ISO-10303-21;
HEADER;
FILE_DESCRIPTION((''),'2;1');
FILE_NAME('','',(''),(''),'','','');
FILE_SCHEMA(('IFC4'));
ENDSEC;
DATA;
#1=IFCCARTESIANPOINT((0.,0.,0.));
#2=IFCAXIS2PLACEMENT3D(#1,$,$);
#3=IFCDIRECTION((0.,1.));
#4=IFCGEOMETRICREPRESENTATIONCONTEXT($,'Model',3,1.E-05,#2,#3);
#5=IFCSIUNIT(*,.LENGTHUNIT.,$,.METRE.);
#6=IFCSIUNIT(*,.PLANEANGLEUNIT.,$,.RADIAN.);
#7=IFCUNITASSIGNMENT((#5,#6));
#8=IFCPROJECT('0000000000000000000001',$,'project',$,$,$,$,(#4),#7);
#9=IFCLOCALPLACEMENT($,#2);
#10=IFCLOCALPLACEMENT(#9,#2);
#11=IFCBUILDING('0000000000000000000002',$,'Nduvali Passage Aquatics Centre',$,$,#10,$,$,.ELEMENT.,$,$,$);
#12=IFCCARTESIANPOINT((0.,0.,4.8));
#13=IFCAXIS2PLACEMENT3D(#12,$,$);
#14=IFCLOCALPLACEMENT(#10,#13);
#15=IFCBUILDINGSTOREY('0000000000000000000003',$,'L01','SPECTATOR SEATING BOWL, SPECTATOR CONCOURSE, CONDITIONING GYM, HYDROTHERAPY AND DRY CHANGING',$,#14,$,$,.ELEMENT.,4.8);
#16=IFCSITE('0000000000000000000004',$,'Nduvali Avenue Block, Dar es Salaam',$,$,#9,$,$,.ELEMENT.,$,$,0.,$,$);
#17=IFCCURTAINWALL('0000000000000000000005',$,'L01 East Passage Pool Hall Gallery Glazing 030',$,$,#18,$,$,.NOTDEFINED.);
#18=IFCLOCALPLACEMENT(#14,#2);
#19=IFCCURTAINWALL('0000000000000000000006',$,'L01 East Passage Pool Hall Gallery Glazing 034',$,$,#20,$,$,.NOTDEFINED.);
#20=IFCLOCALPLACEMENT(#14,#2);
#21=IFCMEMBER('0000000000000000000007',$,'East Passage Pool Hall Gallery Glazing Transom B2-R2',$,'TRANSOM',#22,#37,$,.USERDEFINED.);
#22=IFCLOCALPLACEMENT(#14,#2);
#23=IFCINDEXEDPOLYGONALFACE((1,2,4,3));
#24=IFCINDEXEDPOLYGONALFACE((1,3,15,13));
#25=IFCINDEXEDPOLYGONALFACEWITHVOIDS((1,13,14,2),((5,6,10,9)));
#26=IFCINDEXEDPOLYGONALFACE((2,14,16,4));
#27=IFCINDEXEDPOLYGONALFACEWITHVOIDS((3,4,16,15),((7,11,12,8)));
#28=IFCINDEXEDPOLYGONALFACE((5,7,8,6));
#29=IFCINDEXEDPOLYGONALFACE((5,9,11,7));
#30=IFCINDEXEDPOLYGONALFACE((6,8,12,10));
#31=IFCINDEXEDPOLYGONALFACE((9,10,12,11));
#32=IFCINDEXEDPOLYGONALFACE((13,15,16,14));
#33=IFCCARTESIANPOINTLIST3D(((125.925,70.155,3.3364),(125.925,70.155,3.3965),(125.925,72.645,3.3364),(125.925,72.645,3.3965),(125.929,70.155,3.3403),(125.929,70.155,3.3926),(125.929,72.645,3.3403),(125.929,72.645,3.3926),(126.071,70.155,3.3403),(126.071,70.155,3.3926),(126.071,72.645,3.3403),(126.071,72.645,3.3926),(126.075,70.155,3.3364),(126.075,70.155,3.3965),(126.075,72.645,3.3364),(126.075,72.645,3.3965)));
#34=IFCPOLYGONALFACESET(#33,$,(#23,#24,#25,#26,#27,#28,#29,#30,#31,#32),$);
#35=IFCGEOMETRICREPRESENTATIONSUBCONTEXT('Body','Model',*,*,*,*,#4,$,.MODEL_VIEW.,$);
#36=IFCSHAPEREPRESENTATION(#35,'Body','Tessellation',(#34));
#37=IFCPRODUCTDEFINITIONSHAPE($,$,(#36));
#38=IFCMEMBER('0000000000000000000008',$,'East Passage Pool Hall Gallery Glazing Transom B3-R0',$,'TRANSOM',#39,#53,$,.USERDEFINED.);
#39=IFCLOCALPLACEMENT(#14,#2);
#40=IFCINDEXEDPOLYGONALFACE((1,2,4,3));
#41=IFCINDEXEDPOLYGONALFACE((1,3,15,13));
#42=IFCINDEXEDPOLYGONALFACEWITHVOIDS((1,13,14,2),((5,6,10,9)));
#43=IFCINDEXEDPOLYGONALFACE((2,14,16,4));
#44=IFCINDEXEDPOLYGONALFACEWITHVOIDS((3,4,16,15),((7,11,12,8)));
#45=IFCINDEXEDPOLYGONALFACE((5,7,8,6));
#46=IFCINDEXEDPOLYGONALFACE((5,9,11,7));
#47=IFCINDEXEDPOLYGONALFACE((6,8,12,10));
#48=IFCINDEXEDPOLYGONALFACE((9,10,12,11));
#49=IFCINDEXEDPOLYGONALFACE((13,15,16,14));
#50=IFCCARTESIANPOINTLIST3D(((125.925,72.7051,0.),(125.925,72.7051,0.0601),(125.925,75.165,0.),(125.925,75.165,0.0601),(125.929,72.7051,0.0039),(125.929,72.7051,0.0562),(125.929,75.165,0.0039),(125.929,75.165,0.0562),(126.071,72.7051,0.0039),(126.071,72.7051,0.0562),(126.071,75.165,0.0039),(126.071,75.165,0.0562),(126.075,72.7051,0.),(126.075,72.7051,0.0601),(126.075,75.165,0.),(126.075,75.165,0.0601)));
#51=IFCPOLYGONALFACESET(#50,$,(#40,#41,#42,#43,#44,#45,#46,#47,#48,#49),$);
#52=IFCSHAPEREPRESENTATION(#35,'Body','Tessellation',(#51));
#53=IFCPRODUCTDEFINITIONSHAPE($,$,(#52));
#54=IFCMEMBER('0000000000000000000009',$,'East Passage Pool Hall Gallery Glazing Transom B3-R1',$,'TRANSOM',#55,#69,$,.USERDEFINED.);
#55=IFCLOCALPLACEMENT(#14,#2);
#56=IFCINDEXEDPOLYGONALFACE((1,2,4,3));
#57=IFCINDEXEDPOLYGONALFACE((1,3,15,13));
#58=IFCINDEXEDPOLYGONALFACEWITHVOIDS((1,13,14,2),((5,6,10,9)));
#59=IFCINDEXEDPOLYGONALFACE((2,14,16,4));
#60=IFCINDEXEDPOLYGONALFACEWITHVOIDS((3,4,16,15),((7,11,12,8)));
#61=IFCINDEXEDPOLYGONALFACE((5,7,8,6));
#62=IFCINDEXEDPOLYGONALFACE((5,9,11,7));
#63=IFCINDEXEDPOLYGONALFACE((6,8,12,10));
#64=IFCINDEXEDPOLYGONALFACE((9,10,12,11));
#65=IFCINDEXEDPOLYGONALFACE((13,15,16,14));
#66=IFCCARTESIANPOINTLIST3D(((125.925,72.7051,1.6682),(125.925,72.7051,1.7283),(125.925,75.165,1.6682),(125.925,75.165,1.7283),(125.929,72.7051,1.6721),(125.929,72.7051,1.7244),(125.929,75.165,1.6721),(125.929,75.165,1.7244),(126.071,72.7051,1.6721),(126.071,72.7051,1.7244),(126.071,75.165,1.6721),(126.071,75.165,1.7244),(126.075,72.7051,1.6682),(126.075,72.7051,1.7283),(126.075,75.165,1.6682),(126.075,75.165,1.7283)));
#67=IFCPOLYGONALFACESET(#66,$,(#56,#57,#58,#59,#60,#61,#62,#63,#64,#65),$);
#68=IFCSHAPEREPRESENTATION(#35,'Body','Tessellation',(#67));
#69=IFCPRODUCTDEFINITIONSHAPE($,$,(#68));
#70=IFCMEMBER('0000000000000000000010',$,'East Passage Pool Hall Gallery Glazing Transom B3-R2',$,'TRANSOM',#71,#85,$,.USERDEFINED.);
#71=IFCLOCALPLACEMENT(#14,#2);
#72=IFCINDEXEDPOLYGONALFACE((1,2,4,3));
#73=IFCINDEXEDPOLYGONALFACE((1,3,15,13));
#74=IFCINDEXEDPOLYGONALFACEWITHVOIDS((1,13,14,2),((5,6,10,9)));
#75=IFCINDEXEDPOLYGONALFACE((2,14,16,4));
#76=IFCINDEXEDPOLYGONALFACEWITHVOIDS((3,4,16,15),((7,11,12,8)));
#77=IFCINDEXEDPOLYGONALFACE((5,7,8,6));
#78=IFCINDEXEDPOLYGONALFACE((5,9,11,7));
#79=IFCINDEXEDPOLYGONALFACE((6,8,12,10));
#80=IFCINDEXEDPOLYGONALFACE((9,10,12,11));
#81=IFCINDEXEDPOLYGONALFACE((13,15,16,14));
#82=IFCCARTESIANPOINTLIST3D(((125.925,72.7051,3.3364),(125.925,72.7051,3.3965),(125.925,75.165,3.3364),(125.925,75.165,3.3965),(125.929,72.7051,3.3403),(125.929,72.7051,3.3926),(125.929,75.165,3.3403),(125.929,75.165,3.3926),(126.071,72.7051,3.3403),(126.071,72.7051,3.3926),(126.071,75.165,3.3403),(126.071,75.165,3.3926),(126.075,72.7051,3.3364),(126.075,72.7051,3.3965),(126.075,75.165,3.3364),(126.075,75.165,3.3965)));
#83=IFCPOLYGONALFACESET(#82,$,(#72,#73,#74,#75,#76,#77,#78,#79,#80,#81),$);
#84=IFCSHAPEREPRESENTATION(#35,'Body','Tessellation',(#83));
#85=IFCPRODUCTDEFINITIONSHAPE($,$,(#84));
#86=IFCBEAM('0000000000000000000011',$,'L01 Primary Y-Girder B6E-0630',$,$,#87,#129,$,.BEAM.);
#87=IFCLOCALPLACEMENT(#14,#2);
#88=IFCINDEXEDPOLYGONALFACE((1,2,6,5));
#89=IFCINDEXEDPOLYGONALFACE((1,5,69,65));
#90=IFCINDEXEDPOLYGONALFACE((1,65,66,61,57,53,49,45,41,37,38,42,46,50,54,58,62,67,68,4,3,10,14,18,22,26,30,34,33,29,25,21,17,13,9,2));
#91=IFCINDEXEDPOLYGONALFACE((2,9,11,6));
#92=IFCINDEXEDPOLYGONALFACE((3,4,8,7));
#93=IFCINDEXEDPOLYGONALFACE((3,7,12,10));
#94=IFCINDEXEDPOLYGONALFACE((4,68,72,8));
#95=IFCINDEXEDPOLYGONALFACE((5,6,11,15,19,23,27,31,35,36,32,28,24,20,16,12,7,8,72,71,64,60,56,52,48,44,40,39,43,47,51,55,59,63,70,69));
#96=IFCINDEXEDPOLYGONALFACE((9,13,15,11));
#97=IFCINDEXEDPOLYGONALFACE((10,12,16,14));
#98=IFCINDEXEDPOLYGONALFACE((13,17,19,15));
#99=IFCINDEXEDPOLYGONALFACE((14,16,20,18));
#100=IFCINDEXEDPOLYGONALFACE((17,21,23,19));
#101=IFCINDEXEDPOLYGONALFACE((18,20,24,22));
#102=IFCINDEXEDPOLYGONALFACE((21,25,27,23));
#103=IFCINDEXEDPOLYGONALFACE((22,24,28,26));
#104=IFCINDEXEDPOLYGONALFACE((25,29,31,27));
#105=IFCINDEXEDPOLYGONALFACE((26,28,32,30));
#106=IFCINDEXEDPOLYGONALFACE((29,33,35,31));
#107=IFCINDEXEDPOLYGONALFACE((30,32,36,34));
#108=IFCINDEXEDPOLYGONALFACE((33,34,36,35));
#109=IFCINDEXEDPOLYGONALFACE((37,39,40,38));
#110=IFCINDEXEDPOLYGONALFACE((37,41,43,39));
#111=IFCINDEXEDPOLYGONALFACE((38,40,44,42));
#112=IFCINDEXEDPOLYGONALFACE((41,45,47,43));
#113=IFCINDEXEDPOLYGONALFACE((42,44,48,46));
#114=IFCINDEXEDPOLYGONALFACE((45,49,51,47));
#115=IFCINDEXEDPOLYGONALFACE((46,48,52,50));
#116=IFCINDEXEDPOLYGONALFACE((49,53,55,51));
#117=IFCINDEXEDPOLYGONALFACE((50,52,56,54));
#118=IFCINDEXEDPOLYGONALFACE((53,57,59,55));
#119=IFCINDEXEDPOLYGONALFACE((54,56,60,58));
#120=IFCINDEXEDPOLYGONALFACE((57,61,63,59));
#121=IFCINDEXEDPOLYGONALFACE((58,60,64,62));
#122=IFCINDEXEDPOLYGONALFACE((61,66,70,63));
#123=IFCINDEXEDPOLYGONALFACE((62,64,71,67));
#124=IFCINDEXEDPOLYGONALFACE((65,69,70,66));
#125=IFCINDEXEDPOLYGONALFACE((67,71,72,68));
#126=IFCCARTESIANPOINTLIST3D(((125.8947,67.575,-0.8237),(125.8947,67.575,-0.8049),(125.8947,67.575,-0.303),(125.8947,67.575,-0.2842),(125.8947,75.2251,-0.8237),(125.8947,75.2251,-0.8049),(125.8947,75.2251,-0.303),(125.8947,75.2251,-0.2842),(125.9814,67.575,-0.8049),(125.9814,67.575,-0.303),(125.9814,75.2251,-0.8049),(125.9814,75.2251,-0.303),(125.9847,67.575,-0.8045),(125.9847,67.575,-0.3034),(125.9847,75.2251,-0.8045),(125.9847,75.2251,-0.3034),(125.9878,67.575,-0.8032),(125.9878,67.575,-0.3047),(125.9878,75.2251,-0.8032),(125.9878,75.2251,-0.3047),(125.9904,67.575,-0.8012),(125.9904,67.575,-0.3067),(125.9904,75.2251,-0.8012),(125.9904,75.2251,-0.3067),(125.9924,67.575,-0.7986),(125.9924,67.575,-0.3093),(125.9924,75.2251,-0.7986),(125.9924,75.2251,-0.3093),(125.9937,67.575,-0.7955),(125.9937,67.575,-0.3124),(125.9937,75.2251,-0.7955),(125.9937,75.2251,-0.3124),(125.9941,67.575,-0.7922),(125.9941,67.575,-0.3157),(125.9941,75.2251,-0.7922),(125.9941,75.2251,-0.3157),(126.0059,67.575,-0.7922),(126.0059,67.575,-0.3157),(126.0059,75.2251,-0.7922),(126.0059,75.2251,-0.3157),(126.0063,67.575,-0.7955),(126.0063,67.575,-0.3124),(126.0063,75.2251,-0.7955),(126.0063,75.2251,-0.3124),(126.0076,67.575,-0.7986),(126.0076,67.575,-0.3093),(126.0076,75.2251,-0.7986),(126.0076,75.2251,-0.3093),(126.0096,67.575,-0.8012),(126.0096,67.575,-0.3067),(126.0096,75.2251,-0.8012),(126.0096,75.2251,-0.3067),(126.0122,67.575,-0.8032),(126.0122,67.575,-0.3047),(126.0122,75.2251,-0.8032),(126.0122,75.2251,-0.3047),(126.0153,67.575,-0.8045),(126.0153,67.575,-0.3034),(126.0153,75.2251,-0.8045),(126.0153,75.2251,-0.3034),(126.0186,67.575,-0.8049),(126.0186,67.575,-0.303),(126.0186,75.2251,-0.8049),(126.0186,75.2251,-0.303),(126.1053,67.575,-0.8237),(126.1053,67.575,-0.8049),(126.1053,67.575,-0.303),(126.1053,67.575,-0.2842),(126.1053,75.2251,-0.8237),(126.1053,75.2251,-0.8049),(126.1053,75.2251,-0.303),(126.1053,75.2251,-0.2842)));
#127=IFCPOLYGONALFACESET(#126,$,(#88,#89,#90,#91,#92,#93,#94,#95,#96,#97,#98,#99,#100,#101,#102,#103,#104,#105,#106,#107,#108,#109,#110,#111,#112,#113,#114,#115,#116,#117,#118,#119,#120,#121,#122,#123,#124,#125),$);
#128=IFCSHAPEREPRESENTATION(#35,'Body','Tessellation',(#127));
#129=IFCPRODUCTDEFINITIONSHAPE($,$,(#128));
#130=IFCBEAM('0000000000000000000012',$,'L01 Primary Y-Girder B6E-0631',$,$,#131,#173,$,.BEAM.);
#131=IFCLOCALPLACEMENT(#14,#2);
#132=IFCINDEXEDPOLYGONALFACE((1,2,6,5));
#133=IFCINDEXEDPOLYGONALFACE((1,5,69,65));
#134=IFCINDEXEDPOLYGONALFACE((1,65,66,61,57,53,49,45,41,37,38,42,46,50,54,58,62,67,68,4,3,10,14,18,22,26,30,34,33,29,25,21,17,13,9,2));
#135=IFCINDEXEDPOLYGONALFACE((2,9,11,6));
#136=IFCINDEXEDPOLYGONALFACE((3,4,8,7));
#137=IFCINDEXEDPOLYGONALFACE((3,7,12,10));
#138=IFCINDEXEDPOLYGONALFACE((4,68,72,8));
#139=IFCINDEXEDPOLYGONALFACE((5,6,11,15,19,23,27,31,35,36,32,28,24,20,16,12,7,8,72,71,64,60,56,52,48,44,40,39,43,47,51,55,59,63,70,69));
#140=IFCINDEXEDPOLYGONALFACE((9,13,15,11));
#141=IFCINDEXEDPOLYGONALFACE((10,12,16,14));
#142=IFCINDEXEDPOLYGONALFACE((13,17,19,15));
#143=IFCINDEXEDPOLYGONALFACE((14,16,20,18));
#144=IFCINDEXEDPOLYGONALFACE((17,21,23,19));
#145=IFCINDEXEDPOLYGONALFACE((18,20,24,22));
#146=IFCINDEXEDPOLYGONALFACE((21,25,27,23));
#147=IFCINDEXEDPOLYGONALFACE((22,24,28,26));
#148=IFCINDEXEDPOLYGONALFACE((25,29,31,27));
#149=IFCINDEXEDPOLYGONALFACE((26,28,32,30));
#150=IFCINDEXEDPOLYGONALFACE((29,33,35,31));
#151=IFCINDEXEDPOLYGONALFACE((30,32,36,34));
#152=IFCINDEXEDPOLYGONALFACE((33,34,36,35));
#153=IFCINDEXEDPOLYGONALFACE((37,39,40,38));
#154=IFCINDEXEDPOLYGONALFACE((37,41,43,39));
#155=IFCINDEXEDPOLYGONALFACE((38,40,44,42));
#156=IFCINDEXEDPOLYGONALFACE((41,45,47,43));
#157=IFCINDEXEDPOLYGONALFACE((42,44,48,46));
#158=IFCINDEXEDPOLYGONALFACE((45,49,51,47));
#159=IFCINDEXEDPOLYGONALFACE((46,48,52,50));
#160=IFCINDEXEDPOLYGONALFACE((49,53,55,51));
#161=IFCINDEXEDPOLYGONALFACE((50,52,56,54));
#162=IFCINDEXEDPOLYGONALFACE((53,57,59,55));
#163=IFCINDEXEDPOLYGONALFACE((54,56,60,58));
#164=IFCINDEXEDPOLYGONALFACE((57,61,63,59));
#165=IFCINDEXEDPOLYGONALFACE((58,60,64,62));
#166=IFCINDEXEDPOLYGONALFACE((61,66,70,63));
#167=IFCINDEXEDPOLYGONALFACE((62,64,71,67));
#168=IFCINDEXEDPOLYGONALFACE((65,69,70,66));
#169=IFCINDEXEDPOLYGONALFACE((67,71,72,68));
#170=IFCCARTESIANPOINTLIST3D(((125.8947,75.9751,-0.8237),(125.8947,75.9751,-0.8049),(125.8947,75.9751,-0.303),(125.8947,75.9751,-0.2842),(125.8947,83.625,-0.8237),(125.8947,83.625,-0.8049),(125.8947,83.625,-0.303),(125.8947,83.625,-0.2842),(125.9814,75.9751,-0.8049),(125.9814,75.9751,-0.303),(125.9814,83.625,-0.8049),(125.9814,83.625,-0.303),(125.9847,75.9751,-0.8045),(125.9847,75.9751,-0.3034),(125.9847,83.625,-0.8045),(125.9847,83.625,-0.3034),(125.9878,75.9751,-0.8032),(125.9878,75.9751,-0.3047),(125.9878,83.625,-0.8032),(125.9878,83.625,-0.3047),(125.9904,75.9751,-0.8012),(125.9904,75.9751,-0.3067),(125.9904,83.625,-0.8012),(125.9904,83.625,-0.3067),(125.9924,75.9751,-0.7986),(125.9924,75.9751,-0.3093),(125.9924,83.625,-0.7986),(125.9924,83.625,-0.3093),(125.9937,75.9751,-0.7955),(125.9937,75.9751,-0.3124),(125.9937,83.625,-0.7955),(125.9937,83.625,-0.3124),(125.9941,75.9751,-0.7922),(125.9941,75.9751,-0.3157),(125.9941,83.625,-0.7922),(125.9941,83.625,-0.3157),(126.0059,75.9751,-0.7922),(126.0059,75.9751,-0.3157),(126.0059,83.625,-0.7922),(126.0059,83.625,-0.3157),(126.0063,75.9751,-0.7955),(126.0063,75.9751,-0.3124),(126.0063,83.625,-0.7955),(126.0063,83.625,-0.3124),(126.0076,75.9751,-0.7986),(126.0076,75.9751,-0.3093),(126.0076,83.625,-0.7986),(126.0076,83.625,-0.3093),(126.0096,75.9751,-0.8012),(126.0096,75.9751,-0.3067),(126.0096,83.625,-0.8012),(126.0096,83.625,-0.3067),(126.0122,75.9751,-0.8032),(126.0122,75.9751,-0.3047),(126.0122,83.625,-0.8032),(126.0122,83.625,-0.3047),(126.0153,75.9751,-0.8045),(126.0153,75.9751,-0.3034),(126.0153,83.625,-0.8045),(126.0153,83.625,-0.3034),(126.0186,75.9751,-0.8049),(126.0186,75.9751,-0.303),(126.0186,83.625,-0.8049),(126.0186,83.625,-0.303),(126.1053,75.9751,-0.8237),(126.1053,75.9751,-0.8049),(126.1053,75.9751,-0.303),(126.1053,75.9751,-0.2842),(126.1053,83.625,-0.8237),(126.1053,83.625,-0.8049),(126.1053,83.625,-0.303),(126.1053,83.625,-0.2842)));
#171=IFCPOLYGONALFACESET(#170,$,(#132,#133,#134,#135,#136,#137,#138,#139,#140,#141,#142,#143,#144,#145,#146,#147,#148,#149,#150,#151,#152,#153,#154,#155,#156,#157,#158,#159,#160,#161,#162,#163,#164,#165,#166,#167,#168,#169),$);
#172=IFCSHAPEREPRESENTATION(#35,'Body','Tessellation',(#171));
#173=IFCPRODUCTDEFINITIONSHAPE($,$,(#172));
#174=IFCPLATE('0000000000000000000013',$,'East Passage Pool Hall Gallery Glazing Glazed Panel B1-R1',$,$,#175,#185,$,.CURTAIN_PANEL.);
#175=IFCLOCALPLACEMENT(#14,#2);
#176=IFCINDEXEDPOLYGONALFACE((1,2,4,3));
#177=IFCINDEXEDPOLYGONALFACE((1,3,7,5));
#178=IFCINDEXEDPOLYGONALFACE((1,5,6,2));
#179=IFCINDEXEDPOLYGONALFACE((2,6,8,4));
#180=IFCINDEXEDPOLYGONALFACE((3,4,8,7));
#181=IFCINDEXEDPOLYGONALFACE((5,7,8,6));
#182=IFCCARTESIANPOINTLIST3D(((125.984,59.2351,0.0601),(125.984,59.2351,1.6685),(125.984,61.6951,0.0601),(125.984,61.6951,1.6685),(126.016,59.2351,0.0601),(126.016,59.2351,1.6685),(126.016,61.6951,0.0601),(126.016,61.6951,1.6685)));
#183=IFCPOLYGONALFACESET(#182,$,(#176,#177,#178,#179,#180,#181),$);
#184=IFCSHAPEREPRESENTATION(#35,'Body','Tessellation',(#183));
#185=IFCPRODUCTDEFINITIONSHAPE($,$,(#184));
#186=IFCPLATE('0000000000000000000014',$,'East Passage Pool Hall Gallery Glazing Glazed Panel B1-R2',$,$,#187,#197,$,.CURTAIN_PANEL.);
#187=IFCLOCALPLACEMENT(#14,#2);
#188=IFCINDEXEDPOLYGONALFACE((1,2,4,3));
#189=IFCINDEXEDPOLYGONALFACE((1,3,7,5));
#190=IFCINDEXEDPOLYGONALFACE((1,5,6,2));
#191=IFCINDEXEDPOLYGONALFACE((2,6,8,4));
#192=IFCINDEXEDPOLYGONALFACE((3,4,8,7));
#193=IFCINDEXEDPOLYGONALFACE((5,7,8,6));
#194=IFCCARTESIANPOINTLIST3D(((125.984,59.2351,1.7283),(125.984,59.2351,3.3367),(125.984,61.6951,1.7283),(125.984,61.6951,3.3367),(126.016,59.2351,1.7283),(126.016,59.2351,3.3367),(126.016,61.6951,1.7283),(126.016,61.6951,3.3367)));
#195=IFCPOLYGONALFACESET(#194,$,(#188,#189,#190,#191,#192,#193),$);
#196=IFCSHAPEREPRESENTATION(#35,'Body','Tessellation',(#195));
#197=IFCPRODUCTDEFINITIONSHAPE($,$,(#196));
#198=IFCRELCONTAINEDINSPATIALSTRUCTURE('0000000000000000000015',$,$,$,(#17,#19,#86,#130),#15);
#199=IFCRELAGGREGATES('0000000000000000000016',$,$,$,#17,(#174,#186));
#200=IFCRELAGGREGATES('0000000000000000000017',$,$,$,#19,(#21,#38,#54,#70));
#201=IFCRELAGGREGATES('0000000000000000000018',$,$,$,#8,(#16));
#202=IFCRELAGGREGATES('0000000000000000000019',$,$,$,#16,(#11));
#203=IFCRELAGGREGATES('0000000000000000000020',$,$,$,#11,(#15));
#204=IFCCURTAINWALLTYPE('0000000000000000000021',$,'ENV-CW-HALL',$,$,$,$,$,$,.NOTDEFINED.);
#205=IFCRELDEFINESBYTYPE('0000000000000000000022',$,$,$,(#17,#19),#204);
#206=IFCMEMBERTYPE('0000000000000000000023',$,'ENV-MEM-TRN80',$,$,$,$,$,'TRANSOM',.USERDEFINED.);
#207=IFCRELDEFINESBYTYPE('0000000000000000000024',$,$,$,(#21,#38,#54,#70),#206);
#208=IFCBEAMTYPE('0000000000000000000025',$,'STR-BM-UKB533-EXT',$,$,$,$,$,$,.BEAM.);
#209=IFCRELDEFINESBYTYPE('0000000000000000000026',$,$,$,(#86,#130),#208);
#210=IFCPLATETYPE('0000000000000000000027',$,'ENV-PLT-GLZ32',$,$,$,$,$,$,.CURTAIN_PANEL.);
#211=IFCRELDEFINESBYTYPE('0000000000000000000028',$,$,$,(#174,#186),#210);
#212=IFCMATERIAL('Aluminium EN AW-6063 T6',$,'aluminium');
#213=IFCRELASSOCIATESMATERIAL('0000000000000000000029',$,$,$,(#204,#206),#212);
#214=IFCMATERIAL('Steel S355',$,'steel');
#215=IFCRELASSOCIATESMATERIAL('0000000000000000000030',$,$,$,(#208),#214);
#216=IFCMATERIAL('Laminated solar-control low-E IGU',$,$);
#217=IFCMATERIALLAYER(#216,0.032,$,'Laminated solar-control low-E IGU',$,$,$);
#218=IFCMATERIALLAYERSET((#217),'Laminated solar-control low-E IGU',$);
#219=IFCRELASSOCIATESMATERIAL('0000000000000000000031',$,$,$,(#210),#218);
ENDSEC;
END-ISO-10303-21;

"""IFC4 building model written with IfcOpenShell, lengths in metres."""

from ifc_helpers import new_model, si_unit, direction, frame, origin, origin_2d, place, context, subcontext, project, spatial, rectangle, hollow_rectangle, i_section, extrude, material, layer, layer_set, material_profile, profile_set, type_object, element, aggregate, save


model = new_model("IFC4")

# Units and contexts
model_context = context("Model", 3, precision=1e-05, world=origin(), true_north=direction((0.0, 1.0)))
body_context = subcontext(model_context, "Body", "Model", "MODEL_VIEW")
ifc_project = project(units=[si_unit("LENGTHUNIT", "METRE"), si_unit("PLANEANGLEUNIT", "RADIAN")], contexts=[model_context])

# Site, building, storey
site_placement = place(None, origin())
site = spatial("IfcSite", under=ifc_project, at=site_placement, Name="Nduvali Avenue Block, Dar es Salaam", CompositionType="ELEMENT", RefElevation=0.0)
building_placement = place(site_placement, origin())
building = spatial("IfcBuilding", under=site, at=building_placement, Name="Nduvali Passage Aquatics Centre", CompositionType="ELEMENT")
storey_placement = place(building_placement, frame((0.0, 0.0, 4.8)))
storey = spatial("IfcBuildingStorey", under=building, at=storey_placement, Name="L01", Description="SPECTATOR SEATING BOWL, SPECTATOR CONCOURSE, CONDITIONING GYM, HYDROTHERAPY AND DRY CHANGING", CompositionType="ELEMENT", Elevation=4.8)

# Curtain walls
ifc_material_1 = material(Name="Aluminium EN AW-6063 T6", Category="aluminium")
curtain_wall_type = type_object("IfcCurtainWallType", Name="ENV-CW-HALL", PredefinedType="NOTDEFINED", material=ifc_material_1)
curtain_wall_1_placement = place(storey_placement, origin())
curtain_wall_1 = element("IfcCurtainWall", 1, at=curtain_wall_1_placement, inside=storey, type_object=curtain_wall_type, Name="L01 East Passage Pool Hall Gallery Glazing 030", PredefinedType="NOTDEFINED")
curtain_wall_2_placement = place(storey_placement, origin())
curtain_wall_2 = element("IfcCurtainWall", 2, at=curtain_wall_2_placement, inside=storey, type_object=curtain_wall_type, Name="L01 East Passage Pool Hall Gallery Glazing 034", PredefinedType="NOTDEFINED")

# Members
ifc_material_profile_1 = material_profile(ifc_material_1, hollow_rectangle(XDim=0.1499, YDim=0.0601, WallThickness=0.0039, at=origin_2d()), Name="ALU TRANSOM 150x60x4")
ifc_profile_set_1 = profile_set([ifc_material_profile_1], Name="Aluminium EN AW-6063 T6")
member_type_1 = type_object("IfcMemberType", Name="ENV-MEM-TRN80", ElementType="TRANSOM", PredefinedType="USERDEFINED", material=ifc_profile_set_1)
member_1_placement = place(storey_placement, frame((126.0, 70.155, 3.3665), z_axis=(0.0, 1.0, 0.0), x_axis=(-1.0, 0.0, 0.0)))
member_1 = element("IfcMember", 3, at=member_1_placement, type_object=member_type_1, Name="East Passage Pool Hall Gallery Glazing Transom B2-R2", ObjectType="TRANSOM", PredefinedType="USERDEFINED", context=body_context, shape_type="SweptSolid", body=[
    extrude(hollow_rectangle(XDim=0.1499, YDim=0.0601, WallThickness=0.0039, at=origin_2d()), origin(), (0.0, 0.0, 1.0), 2.49),
])
member_2_placement = place(storey_placement, frame((126.0, 72.7051, 0.03), z_axis=(0.0, 1.0, 0.0), x_axis=(-1.0, 0.0, 0.0)))
member_2 = element("IfcMember", 4, at=member_2_placement, type_object=member_type_1, Name="East Passage Pool Hall Gallery Glazing Transom B3-R0", ObjectType="TRANSOM", PredefinedType="USERDEFINED", context=body_context, shape_type="SweptSolid", body=[
    extrude(hollow_rectangle(XDim=0.1499, YDim=0.0601, WallThickness=0.0039, at=origin_2d()), origin(), (0.0, 0.0, 1.0), 2.46),
])
member_3_placement = place(storey_placement, frame((126.0, 72.7051, 1.6982), z_axis=(0.0, 1.0, 0.0), x_axis=(-1.0, 0.0, 0.0)))
member_3 = element("IfcMember", 5, at=member_3_placement, type_object=member_type_1, Name="East Passage Pool Hall Gallery Glazing Transom B3-R1", ObjectType="TRANSOM", PredefinedType="USERDEFINED", context=body_context, shape_type="SweptSolid", body=[
    extrude(hollow_rectangle(XDim=0.1499, YDim=0.0601, WallThickness=0.0039, at=origin_2d()), origin(), (0.0, 0.0, 1.0), 2.46),
])
member_4_placement = place(storey_placement, frame((126.0, 72.7051, 3.3665), z_axis=(0.0, 1.0, 0.0), x_axis=(-1.0, 0.0, 0.0)))
member_4 = element("IfcMember", 6, at=member_4_placement, type_object=member_type_1, Name="East Passage Pool Hall Gallery Glazing Transom B3-R2", ObjectType="TRANSOM", PredefinedType="USERDEFINED", context=body_context, shape_type="SweptSolid", body=[
    extrude(hollow_rectangle(XDim=0.1499, YDim=0.0601, WallThickness=0.0039, at=origin_2d()), origin(), (0.0, 0.0, 1.0), 2.46),
])

# Beams
ifc_material_2 = material(Name="Steel S355", Category="steel")
ifc_material_profile_2 = material_profile(ifc_material_2, i_section(OverallWidth=0.2107, OverallDepth=0.5396, WebThickness=0.0117, FlangeThickness=0.0188, FilletRadius=0.0127, at=origin_2d()), Name="UKB 533x210x109")
ifc_profile_set_2 = profile_set([ifc_material_profile_2], Name="Steel S355")
beam_type = type_object("IfcBeamType", Name="STR-BM-UKB533-EXT", PredefinedType="BEAM", material=ifc_profile_set_2)
beam_1_placement = place(storey_placement, frame((126.0, 67.575, -0.554), z_axis=(0.0, 1.0, 0.0), x_axis=(-1.0, 0.0, 0.0)))
element("IfcBeam", 7, at=beam_1_placement, inside=storey, type_object=beam_type, Name="L01 Primary Y-Girder B6E-0630", PredefinedType="BEAM", context=body_context, shape_type="SweptSolid", body=[
    extrude(i_section(OverallWidth=0.2107, OverallDepth=0.5396, WebThickness=0.0117, FlangeThickness=0.0188, FilletRadius=0.0127, at=origin_2d()), origin(), (0.0, 0.0, 1.0), 7.6501),
])
beam_2_placement = place(storey_placement, frame((126.0, 75.9751, -0.554), z_axis=(0.0, 1.0, 0.0), x_axis=(-1.0, 0.0, 0.0)))
element("IfcBeam", 8, at=beam_2_placement, inside=storey, type_object=beam_type, Name="L01 Primary Y-Girder B6E-0631", PredefinedType="BEAM", context=body_context, shape_type="SweptSolid", body=[
    extrude(i_section(OverallWidth=0.2107, OverallDepth=0.5396, WebThickness=0.0117, FlangeThickness=0.0188, FilletRadius=0.0127, at=origin_2d()), origin(), (0.0, 0.0, 1.0), 7.6499),
])

# Plates
ifc_material_3 = material(Name="Laminated solar-control low-E IGU")
ifc_layer = layer(ifc_material_3, 0.032, Name="Laminated solar-control low-E IGU")
ifc_layer_set = layer_set([ifc_layer], Name="Laminated solar-control low-E IGU")
plate_type = type_object("IfcPlateType", Name="ENV-PLT-GLZ32", PredefinedType="CURTAIN_PANEL", material=ifc_layer_set)
plate_1_placement = place(storey_placement, frame((126.0, 60.4651, 0.0601), z_axis=(0.0, 0.0, 1.0), x_axis=(0.0, 1.0, 0.0)))
plate_1 = element("IfcPlate", 9, at=plate_1_placement, type_object=plate_type, Name="East Passage Pool Hall Gallery Glazing Glazed Panel B1-R1", PredefinedType="CURTAIN_PANEL", context=body_context, shape_type="SweptSolid", body=[
    extrude(rectangle(XDim=2.46, YDim=0.032, at=origin_2d()), origin(), (0.0, 0.0, 1.0), 1.6084),
])
plate_2_placement = place(storey_placement, frame((126.0, 60.4651, 1.7283), z_axis=(0.0, 0.0, 1.0), x_axis=(0.0, 1.0, 0.0)))
plate_2 = element("IfcPlate", 10, at=plate_2_placement, type_object=plate_type, Name="East Passage Pool Hall Gallery Glazing Glazed Panel B1-R2", PredefinedType="CURTAIN_PANEL", context=body_context, shape_type="SweptSolid", body=[
    extrude(rectangle(XDim=2.46, YDim=0.032, at=origin_2d()), origin(), (0.0, 0.0, 1.0), 1.6084),
])
aggregate(curtain_wall_1, [plate_1, plate_2])
aggregate(curtain_wall_2, [member_1, member_2, member_3, member_4])

save(model, "model.ifc")
